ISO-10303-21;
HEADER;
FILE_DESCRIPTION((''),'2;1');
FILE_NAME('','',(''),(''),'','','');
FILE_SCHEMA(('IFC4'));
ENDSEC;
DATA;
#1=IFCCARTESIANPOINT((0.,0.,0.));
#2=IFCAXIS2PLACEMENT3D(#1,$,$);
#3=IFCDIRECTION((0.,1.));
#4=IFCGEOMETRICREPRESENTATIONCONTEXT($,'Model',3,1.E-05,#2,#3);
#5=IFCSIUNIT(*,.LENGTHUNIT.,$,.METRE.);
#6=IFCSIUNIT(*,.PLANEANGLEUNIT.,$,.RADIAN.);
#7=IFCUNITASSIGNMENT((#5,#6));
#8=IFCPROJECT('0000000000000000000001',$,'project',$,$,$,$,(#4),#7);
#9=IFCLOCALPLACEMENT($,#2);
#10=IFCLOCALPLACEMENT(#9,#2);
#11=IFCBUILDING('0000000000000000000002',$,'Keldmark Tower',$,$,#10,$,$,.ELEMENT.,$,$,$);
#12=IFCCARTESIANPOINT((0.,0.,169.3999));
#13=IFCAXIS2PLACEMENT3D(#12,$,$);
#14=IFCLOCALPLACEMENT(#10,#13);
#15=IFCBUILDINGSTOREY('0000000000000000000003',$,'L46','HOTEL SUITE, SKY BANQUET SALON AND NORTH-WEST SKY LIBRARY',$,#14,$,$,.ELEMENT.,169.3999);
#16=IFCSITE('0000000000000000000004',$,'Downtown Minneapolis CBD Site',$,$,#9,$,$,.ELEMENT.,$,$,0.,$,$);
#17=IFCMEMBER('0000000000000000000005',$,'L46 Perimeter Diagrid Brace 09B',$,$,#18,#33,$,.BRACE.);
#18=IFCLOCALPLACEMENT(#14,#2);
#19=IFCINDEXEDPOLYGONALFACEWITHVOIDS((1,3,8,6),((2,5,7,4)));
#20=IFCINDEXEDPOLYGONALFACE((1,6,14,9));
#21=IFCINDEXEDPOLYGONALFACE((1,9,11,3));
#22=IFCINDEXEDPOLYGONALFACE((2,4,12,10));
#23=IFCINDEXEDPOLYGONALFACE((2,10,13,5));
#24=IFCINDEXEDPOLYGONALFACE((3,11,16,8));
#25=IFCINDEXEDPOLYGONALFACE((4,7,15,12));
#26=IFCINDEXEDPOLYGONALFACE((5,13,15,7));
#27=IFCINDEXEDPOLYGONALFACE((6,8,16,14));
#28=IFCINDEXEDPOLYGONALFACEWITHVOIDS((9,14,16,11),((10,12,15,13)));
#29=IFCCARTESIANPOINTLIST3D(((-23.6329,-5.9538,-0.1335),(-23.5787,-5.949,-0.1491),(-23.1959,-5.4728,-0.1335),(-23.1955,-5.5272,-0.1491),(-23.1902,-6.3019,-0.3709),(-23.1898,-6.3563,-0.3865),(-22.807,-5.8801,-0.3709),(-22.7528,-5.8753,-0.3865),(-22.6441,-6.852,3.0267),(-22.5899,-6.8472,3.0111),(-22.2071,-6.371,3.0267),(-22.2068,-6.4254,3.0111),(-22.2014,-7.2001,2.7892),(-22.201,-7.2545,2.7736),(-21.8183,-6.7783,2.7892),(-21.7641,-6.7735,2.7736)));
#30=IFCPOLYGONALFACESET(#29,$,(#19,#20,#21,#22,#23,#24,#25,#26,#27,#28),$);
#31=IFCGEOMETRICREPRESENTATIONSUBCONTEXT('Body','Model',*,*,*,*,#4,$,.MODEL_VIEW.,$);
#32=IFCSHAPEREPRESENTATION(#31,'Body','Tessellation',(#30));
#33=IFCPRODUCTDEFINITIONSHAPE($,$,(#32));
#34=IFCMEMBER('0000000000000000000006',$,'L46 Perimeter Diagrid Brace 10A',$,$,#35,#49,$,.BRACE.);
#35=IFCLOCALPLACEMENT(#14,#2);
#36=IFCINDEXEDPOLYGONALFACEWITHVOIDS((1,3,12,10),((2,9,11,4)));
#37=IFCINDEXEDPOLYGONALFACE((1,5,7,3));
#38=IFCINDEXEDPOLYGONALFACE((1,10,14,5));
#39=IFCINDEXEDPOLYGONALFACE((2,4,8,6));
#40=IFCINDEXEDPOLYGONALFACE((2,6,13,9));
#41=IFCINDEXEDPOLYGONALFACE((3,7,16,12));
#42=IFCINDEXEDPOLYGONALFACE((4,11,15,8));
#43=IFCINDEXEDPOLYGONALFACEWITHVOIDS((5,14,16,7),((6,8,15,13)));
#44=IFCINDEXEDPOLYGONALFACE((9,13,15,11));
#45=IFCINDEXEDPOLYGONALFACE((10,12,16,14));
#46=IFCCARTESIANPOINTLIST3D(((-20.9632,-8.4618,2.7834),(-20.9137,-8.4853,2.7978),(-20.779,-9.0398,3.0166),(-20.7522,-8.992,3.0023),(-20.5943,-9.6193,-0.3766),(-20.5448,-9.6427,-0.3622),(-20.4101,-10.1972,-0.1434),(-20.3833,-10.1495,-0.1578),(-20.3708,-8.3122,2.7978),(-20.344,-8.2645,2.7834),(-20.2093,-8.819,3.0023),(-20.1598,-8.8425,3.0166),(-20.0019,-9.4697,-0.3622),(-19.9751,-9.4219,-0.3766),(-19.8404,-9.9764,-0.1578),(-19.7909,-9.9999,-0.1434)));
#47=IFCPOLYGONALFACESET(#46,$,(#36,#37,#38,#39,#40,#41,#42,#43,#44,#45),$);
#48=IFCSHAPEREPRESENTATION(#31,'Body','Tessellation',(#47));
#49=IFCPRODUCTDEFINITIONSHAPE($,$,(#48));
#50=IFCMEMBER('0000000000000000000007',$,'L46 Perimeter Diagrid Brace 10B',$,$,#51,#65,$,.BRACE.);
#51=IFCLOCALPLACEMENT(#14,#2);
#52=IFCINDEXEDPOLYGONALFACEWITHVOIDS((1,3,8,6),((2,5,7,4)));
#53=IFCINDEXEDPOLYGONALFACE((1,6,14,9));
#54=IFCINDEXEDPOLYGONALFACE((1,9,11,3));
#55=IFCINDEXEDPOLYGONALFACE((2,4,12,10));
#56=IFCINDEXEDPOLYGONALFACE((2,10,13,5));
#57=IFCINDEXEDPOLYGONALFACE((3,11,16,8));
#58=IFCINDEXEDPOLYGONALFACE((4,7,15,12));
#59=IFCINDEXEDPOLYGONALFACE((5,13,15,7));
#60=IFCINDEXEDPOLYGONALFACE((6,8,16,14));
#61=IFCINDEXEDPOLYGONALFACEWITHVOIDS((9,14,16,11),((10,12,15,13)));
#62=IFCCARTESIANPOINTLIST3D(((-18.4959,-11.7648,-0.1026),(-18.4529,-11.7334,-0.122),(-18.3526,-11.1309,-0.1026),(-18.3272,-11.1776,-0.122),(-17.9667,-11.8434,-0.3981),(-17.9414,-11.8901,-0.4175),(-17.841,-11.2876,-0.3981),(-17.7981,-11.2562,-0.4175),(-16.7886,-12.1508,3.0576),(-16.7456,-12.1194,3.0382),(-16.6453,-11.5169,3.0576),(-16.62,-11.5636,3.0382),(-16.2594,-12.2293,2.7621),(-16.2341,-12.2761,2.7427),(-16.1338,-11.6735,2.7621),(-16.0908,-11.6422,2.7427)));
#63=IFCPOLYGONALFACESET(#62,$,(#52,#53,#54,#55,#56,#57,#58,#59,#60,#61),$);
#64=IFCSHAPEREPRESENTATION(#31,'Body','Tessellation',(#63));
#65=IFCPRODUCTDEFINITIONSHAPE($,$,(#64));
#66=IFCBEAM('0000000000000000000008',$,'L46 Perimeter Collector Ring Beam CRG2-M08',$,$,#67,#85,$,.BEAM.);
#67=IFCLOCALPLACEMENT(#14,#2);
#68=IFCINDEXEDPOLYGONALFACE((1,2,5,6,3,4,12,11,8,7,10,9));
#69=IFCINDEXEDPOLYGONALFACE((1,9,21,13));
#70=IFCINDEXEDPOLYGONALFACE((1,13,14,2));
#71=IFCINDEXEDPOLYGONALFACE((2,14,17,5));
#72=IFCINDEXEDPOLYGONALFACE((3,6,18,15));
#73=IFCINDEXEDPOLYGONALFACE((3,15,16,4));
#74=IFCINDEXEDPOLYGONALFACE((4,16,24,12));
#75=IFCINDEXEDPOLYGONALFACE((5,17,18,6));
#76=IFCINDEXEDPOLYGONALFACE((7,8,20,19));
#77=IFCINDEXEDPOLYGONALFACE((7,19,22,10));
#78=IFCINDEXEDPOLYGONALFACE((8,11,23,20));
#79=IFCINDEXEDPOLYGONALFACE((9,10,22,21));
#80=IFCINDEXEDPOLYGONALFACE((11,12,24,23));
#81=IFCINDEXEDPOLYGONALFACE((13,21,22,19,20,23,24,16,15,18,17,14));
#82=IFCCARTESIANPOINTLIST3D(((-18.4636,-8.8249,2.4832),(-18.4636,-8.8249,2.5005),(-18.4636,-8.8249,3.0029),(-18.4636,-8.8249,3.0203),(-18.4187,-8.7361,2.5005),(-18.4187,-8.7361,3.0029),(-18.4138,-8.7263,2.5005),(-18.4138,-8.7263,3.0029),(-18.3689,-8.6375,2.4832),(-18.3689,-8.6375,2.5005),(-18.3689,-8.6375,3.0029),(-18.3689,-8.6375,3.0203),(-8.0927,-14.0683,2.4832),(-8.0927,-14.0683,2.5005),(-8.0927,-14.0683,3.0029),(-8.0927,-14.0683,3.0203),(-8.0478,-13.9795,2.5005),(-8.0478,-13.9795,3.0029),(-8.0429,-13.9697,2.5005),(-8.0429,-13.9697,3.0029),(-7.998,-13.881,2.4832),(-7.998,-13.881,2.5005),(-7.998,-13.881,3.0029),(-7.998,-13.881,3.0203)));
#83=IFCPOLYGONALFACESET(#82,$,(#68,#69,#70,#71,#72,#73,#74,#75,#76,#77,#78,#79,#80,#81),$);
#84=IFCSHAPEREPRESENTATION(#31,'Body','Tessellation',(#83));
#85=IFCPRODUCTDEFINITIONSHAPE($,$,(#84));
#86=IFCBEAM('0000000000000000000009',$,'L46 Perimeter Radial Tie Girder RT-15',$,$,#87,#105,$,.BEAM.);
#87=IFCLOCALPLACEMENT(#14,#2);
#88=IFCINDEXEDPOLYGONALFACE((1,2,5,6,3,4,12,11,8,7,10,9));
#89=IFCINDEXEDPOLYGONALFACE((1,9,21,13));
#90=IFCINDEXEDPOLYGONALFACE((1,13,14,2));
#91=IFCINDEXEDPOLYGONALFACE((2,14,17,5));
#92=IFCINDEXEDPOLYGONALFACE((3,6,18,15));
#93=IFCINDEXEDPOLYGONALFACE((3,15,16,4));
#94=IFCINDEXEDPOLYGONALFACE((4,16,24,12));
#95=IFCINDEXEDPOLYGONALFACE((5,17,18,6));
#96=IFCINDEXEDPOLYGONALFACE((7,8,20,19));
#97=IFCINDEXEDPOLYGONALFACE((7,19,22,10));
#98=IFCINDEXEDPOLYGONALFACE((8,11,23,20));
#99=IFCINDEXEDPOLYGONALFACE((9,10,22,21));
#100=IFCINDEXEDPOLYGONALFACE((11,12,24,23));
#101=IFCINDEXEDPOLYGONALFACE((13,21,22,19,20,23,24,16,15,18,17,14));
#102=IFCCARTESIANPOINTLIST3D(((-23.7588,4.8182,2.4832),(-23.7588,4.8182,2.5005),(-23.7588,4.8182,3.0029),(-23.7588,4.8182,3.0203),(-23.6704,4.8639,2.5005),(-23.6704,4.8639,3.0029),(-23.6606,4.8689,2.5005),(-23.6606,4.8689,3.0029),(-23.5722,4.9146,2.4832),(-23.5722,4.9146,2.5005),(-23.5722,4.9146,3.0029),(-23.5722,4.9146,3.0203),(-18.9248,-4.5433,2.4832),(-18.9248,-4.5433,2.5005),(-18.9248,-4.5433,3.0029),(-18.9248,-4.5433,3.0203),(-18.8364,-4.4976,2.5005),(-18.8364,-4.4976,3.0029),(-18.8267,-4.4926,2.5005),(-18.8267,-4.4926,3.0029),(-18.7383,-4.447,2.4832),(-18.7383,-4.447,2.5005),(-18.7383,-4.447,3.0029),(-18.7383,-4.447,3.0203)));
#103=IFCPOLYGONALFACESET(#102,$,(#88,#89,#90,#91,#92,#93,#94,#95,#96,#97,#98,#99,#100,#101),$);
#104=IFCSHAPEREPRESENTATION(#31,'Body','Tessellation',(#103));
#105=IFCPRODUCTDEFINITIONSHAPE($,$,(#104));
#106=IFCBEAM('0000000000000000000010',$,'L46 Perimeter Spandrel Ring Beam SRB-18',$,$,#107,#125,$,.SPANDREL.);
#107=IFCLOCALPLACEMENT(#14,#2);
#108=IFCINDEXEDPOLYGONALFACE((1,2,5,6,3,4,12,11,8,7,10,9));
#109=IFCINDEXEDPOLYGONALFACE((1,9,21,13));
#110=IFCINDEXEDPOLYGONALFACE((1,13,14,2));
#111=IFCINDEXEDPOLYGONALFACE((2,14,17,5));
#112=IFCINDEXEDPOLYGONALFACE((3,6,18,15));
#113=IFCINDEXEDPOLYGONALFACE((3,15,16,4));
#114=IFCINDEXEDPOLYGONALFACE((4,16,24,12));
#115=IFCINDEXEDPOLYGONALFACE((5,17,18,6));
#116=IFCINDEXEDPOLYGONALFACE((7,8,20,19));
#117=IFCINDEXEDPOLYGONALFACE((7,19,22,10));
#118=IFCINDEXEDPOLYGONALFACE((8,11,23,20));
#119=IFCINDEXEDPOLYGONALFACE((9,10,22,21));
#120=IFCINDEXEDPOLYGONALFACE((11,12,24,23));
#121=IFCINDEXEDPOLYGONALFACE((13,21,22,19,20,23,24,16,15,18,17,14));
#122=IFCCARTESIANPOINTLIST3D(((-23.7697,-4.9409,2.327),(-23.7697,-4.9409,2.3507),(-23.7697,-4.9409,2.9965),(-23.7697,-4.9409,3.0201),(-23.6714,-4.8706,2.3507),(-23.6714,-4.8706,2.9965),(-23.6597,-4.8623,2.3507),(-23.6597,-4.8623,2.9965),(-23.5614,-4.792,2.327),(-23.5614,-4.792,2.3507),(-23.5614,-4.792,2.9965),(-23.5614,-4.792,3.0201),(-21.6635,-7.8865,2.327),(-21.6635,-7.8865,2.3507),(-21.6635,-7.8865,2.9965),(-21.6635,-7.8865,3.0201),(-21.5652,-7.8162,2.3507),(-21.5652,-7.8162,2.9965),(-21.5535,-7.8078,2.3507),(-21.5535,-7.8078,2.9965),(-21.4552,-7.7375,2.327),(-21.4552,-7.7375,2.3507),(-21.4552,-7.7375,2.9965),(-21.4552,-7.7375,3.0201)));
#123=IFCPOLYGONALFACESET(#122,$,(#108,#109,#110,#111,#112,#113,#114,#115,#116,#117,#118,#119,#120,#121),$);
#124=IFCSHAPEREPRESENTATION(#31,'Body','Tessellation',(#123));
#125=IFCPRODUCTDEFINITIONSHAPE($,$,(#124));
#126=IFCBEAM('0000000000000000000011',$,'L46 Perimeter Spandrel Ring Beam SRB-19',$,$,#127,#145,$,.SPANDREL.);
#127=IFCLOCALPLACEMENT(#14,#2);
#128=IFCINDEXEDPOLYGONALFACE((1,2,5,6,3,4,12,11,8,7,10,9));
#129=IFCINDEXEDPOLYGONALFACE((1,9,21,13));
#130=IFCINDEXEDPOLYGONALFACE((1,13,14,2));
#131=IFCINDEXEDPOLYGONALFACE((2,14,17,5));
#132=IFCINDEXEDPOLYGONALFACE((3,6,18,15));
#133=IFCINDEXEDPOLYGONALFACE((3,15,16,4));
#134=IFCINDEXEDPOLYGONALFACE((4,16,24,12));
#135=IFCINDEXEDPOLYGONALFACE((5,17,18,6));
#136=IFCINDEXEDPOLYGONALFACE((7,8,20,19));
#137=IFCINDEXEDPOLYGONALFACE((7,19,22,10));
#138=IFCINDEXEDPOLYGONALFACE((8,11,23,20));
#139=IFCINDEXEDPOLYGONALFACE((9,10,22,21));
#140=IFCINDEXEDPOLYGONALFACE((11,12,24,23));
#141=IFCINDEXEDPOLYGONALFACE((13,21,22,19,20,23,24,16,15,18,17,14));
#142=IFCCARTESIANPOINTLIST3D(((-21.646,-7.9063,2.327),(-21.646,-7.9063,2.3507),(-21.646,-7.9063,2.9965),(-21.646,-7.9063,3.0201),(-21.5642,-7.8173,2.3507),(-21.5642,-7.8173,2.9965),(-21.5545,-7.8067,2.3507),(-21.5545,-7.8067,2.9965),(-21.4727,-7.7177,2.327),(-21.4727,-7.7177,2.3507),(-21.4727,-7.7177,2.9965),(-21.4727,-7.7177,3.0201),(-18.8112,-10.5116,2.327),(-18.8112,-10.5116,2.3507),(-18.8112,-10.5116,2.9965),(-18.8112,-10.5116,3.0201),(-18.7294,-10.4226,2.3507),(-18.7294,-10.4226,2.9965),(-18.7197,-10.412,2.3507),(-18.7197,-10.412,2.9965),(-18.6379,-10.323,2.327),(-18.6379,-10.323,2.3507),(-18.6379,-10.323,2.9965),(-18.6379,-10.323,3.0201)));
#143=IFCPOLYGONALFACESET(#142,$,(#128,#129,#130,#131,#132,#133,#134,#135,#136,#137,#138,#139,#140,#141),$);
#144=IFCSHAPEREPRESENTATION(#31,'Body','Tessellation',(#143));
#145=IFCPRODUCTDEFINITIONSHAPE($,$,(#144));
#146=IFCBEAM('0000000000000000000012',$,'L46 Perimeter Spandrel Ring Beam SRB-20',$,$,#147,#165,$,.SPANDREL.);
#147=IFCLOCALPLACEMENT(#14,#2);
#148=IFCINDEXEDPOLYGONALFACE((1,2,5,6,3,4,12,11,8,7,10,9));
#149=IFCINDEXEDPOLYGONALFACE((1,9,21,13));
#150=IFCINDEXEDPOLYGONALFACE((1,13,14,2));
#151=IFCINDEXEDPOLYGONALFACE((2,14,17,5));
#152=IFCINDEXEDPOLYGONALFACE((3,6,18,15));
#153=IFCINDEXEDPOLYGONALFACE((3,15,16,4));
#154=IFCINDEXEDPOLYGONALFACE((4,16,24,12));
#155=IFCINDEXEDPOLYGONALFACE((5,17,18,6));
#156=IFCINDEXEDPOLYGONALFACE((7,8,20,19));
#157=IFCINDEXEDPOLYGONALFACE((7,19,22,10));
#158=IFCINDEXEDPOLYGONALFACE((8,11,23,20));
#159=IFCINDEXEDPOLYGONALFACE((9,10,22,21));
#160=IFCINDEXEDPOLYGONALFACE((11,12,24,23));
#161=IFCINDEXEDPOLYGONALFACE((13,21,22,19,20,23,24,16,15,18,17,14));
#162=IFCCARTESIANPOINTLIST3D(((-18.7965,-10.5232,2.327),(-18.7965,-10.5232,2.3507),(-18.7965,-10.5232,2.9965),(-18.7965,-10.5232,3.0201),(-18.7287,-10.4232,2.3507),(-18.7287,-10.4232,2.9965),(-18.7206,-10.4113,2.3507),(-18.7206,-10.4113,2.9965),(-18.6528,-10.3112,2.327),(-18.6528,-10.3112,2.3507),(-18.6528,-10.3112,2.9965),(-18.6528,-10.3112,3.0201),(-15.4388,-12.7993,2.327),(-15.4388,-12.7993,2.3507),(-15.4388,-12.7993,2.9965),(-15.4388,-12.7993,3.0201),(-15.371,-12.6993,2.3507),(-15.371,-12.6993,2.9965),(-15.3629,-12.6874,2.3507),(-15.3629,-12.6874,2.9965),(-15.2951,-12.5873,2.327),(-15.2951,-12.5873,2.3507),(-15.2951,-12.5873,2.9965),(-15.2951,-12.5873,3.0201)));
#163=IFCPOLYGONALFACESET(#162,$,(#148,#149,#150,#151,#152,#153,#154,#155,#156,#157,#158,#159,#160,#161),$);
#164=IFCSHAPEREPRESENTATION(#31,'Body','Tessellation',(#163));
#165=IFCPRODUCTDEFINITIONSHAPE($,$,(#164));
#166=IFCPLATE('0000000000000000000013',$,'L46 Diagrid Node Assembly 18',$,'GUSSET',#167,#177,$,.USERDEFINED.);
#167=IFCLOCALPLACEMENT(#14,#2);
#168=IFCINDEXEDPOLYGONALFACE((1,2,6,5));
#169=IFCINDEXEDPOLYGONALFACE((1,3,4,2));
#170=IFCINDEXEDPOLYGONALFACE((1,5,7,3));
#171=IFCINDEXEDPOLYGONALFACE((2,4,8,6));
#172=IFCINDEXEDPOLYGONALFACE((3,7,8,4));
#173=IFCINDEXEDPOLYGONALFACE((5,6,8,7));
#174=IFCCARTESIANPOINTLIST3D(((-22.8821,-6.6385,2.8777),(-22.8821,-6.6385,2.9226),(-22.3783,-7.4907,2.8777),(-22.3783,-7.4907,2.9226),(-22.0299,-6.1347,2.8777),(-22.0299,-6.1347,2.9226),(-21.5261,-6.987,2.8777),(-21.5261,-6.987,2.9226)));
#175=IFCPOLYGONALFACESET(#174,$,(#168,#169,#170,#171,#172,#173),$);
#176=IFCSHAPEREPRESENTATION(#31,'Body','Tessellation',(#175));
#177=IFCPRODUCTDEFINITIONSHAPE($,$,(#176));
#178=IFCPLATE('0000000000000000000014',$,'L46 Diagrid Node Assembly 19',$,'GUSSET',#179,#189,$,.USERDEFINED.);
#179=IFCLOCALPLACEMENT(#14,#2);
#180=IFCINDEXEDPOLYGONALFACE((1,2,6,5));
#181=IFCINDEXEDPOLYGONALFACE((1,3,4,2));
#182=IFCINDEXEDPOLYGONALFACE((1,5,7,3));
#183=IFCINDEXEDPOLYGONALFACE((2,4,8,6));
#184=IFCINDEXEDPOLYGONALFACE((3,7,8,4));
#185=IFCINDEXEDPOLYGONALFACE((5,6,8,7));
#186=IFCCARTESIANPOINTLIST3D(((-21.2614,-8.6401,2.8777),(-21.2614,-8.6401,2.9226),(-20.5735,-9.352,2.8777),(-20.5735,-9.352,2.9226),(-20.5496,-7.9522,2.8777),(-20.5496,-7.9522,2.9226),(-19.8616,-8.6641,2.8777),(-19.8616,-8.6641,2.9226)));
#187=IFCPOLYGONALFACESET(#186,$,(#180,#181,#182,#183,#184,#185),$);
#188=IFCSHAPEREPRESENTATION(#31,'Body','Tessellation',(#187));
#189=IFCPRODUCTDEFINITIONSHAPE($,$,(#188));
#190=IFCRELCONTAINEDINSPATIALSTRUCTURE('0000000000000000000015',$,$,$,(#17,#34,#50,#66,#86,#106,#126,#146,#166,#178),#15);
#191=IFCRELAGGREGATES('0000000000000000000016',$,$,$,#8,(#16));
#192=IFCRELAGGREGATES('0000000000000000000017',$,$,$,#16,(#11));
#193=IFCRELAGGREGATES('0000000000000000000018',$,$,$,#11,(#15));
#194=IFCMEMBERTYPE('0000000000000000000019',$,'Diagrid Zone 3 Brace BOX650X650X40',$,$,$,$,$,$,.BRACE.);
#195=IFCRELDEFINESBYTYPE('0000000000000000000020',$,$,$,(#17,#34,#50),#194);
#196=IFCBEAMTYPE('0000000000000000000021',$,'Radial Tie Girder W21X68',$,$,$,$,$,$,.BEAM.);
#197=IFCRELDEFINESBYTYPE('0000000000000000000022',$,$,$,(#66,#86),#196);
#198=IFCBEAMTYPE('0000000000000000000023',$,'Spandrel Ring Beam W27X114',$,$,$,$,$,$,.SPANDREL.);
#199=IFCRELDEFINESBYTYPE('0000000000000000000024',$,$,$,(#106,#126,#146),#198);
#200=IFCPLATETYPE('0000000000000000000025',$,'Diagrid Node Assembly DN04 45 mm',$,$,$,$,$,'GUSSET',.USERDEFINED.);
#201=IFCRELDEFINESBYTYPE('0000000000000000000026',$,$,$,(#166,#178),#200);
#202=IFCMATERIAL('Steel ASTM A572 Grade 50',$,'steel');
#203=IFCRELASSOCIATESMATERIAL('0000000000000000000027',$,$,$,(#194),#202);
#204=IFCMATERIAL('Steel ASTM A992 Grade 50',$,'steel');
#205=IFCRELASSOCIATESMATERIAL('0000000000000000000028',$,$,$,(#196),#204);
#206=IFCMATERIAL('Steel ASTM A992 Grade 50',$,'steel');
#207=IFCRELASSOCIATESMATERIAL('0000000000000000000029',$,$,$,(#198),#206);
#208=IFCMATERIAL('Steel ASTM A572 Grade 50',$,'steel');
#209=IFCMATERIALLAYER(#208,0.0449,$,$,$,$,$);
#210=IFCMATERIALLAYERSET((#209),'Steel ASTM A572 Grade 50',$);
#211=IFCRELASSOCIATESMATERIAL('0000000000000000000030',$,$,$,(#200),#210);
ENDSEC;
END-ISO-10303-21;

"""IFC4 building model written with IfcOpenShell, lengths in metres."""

from ifc_helpers import new_model, si_unit, direction, frame, origin, origin_2d, place, context, subcontext, project, spatial, rectangle, hollow_rectangle, i_section, extrude, material, layer, layer_set, material_profile, profile_set, type_object, element, save


model = new_model("IFC4")

# Units and contexts
model_context = context("Model", 3, precision=1e-05, world=origin(), true_north=direction((0.0, 1.0)))
body_context = subcontext(model_context, "Body", "Model", "MODEL_VIEW")
ifc_project = project(units=[si_unit("LENGTHUNIT", "METRE"), si_unit("PLANEANGLEUNIT", "RADIAN")], contexts=[model_context])

# Site, building, storey
site_placement = place(None, origin())
site = spatial("IfcSite", under=ifc_project, at=site_placement, Name="Downtown Minneapolis CBD Site", CompositionType="ELEMENT", RefElevation=0.0)
building_placement = place(site_placement, origin())
building = spatial("IfcBuilding", under=site, at=building_placement, Name="Keldmark Tower", CompositionType="ELEMENT")
storey_placement = place(building_placement, frame((0.0, 0.0, 169.3999)))
storey = spatial("IfcBuildingStorey", under=building, at=storey_placement, Name="L46", Description="HOTEL SUITE, SKY BANQUET SALON AND NORTH-WEST SKY LIBRARY", CompositionType="ELEMENT", Elevation=169.3999)

# Members
ifc_material_1 = material(Name="Steel ASTM A572 Grade 50", Category="steel")
ifc_material_profile_1 = material_profile(ifc_material_1, hollow_rectangle(XDim=0.6499, YDim=0.6499, WallThickness=0.04, at=origin_2d()), Name="BOX650X650X40")
ifc_profile_set_1 = profile_set([ifc_material_profile_1], Name="Steel ASTM A572 Grade 50")
member_type = type_object("IfcMemberType", Name="Diagrid Zone 3 Brace BOX650X650X40", PredefinedType="BRACE", material=ifc_profile_set_1)
member_1_placement = place(storey_placement, frame((-23.1929, -5.9146, -0.26), z_axis=(0.288196, -0.261796, 0.921089), x_axis=(0.672391, 0.740196, 0.0)))
element("IfcMember", 1, at=member_1_placement, inside=storey, type_object=member_type, Name="L46 Perimeter Diagrid Brace 09B", PredefinedType="BRACE", context=body_context, shape_type="SweptSolid", body=[
    extrude(hollow_rectangle(XDim=0.6499, YDim=0.6499, WallThickness=0.04, at=origin_2d()), origin(), (0.0, 0.0, 1.0), 3.4309),
])
member_2_placement = place(storey_placement, frame((-20.1926, -9.8096, -0.26), z_axis=(-0.10896, 0.341879, 0.933406), x_axis=(-0.952781, -0.30366, 0.0)))
element("IfcMember", 2, at=member_2_placement, inside=storey, type_object=member_type, Name="L46 Perimeter Diagrid Brace 10A", PredefinedType="BRACE", context=body_context, shape_type="SweptSolid", body=[
    extrude(hollow_rectangle(XDim=0.6499, YDim=0.6499, WallThickness=0.04, at=origin_2d()), origin(), (0.0, 0.0, 1.0), 3.3855),
])
member_3_placement = place(storey_placement, frame((-18.147, -11.5105, -0.26), z_axis=(0.472598, -0.106847, 0.874777), x_axis=(0.220518, 0.975383, 0.0)))
element("IfcMember", 3, at=member_3_placement, inside=storey, type_object=member_type, Name="L46 Perimeter Diagrid Brace 10B", PredefinedType="BRACE", context=body_context, shape_type="SweptSolid", body=[
    extrude(hollow_rectangle(XDim=0.6499, YDim=0.6499, WallThickness=0.04, at=origin_2d()), origin(), (0.0, 0.0, 1.0), 3.6125),
])

# Beams
ifc_material_2 = material(Name="Steel ASTM A992 Grade 50", Category="steel")
ifc_material_profile_2 = material_profile(ifc_material_2, i_section(OverallWidth=0.21, OverallDepth=0.5371, WebThickness=0.011, FlangeThickness=0.0173, at=origin_2d()), Name="W21X68")
ifc_profile_set_2 = profile_set([ifc_material_profile_2], Name="Steel ASTM A992 Grade 50")
beam_type_1 = type_object("IfcBeamType", Name="Radial Tie Girder W21X68", PredefinedType="BEAM", material=ifc_profile_set_2)
beam_1_placement = place(storey_placement, frame((-18.4163, -8.7312, 2.7517), z_axis=(0.892422, -0.451201, 0.0), x_axis=(0.451201, 0.892422, 0.0)))
element("IfcBeam", 4, at=beam_1_placement, inside=storey, type_object=beam_type_1, Name="L46 Perimeter Collector Ring Beam CRG2-M08", PredefinedType="BEAM", context=body_context, shape_type="SweptSolid", body=[
    extrude(i_section(OverallWidth=0.21, OverallDepth=0.5371, WebThickness=0.011, FlangeThickness=0.0173, at=origin_2d()), origin(), (0.0, 0.0, 1.0), 11.6211),
])
beam_2_placement = place(storey_placement, frame((-18.8315, -4.4951, 2.7517), z_axis=(-0.458808, 0.888535, 0.0), x_axis=(-0.888535, -0.458808, 0.0)))
element("IfcBeam", 5, at=beam_2_placement, inside=storey, type_object=beam_type_1, Name="L46 Perimeter Radial Tie Girder RT-15", PredefinedType="BEAM", context=body_context, shape_type="SweptSolid", body=[
    extrude(i_section(OverallWidth=0.21, OverallDepth=0.5371, WebThickness=0.011, FlangeThickness=0.0173, at=origin_2d()), origin(), (0.0, 0.0, 1.0), 10.5359),
])
ifc_material_3 = material(Name="Steel ASTM A992 Grade 50", Category="steel")
ifc_material_profile_3 = material_profile(ifc_material_3, i_section(OverallWidth=0.2561, OverallDepth=0.6931, WebThickness=0.0144, FlangeThickness=0.0237, at=origin_2d()), Name="W27X114")
ifc_profile_set_3 = profile_set([ifc_material_profile_3], Name="Steel ASTM A992 Grade 50")
beam_type_2 = type_object("IfcBeamType", Name="Spandrel Ring Beam W27X114", PredefinedType="SPANDREL", material=ifc_profile_set_3)
beam_3_placement = place(storey_placement, frame((-23.6655, -4.8665, 2.6736), z_axis=(0.581646, -0.813442, 0.0), x_axis=(0.813442, 0.581646, 0.0)))
element("IfcBeam", 6, at=beam_3_placement, inside=storey, type_object=beam_type_2, Name="L46 Perimeter Spandrel Ring Beam SRB-18", PredefinedType="SPANDREL", context=body_context, shape_type="SweptSolid", body=[
    extrude(i_section(OverallWidth=0.2561, OverallDepth=0.6931, WebThickness=0.0144, FlangeThickness=0.0237, at=origin_2d()), origin(), (0.0, 0.0, 1.0), 3.6211),
])
beam_4_placement = place(storey_placement, frame((-21.5593, -7.812, 2.6736), z_axis=(0.736282, -0.676675, 0.0), x_axis=(0.676675, 0.736282, 0.0)))
element("IfcBeam", 7, at=beam_4_placement, inside=storey, type_object=beam_type_2, Name="L46 Perimeter Spandrel Ring Beam SRB-19", PredefinedType="SPANDREL", context=body_context, shape_type="SweptSolid", body=[
    extrude(i_section(OverallWidth=0.2561, OverallDepth=0.6931, WebThickness=0.0144, FlangeThickness=0.0237, at=origin_2d()), origin(), (0.0, 0.0, 1.0), 3.8501),
])
beam_5_placement = place(storey_placement, frame((-18.7246, -10.4172, 2.6736), z_axis=(0.827738, -0.561114, 0.0), x_axis=(0.561114, 0.827738, 0.0)))
element("IfcBeam", 8, at=beam_5_placement, inside=storey, type_object=beam_type_2, Name="L46 Perimeter Spandrel Ring Beam SRB-20", PredefinedType="SPANDREL", context=body_context, shape_type="SweptSolid", body=[
    extrude(i_section(OverallWidth=0.2561, OverallDepth=0.6931, WebThickness=0.0144, FlangeThickness=0.0237, at=origin_2d()), origin(), (0.0, 0.0, 1.0), 4.0564),
])

# Plates
ifc_material_4 = material(Name="Steel ASTM A572 Grade 50", Category="steel")
ifc_layer_1 = layer(ifc_material_4, 0.0449)
ifc_layer_set_1 = layer_set([ifc_layer_1], Name="Steel ASTM A572 Grade 50")
plate_type = type_object("IfcPlateType", Name="Diagrid Node Assembly DN04 45 mm", ElementType="GUSSET", PredefinedType="USERDEFINED", material=ifc_layer_set_1)
for number, where, z_axis, x_axis, name in (
    (9, (-22.2041, -6.8127, 2.8777), (0.0, 0.0, 1.0), (0.508891, -0.860831, 0.0), "L46 Diagrid Node Assembly 18"),
    (10, (-20.5615, -8.6521, 2.8777), (0.0, 0.0, 1.0), (0.694909, -0.719097, 0.0), "L46 Diagrid Node Assembly 19"),
):
    element("IfcPlate", number, at=place(storey_placement, frame(where, z_axis=z_axis, x_axis=x_axis)), inside=storey, type_object=plate_type, Name=name, ObjectType="GUSSET", PredefinedType="USERDEFINED", context=body_context, shape_type="SweptSolid", body=[
        extrude(rectangle(XDim=0.99, YDim=0.99, at=origin_2d()), origin(), (0.0, 0.0, 1.0), 0.0449),
    ])

save(model, "model.ifc")
